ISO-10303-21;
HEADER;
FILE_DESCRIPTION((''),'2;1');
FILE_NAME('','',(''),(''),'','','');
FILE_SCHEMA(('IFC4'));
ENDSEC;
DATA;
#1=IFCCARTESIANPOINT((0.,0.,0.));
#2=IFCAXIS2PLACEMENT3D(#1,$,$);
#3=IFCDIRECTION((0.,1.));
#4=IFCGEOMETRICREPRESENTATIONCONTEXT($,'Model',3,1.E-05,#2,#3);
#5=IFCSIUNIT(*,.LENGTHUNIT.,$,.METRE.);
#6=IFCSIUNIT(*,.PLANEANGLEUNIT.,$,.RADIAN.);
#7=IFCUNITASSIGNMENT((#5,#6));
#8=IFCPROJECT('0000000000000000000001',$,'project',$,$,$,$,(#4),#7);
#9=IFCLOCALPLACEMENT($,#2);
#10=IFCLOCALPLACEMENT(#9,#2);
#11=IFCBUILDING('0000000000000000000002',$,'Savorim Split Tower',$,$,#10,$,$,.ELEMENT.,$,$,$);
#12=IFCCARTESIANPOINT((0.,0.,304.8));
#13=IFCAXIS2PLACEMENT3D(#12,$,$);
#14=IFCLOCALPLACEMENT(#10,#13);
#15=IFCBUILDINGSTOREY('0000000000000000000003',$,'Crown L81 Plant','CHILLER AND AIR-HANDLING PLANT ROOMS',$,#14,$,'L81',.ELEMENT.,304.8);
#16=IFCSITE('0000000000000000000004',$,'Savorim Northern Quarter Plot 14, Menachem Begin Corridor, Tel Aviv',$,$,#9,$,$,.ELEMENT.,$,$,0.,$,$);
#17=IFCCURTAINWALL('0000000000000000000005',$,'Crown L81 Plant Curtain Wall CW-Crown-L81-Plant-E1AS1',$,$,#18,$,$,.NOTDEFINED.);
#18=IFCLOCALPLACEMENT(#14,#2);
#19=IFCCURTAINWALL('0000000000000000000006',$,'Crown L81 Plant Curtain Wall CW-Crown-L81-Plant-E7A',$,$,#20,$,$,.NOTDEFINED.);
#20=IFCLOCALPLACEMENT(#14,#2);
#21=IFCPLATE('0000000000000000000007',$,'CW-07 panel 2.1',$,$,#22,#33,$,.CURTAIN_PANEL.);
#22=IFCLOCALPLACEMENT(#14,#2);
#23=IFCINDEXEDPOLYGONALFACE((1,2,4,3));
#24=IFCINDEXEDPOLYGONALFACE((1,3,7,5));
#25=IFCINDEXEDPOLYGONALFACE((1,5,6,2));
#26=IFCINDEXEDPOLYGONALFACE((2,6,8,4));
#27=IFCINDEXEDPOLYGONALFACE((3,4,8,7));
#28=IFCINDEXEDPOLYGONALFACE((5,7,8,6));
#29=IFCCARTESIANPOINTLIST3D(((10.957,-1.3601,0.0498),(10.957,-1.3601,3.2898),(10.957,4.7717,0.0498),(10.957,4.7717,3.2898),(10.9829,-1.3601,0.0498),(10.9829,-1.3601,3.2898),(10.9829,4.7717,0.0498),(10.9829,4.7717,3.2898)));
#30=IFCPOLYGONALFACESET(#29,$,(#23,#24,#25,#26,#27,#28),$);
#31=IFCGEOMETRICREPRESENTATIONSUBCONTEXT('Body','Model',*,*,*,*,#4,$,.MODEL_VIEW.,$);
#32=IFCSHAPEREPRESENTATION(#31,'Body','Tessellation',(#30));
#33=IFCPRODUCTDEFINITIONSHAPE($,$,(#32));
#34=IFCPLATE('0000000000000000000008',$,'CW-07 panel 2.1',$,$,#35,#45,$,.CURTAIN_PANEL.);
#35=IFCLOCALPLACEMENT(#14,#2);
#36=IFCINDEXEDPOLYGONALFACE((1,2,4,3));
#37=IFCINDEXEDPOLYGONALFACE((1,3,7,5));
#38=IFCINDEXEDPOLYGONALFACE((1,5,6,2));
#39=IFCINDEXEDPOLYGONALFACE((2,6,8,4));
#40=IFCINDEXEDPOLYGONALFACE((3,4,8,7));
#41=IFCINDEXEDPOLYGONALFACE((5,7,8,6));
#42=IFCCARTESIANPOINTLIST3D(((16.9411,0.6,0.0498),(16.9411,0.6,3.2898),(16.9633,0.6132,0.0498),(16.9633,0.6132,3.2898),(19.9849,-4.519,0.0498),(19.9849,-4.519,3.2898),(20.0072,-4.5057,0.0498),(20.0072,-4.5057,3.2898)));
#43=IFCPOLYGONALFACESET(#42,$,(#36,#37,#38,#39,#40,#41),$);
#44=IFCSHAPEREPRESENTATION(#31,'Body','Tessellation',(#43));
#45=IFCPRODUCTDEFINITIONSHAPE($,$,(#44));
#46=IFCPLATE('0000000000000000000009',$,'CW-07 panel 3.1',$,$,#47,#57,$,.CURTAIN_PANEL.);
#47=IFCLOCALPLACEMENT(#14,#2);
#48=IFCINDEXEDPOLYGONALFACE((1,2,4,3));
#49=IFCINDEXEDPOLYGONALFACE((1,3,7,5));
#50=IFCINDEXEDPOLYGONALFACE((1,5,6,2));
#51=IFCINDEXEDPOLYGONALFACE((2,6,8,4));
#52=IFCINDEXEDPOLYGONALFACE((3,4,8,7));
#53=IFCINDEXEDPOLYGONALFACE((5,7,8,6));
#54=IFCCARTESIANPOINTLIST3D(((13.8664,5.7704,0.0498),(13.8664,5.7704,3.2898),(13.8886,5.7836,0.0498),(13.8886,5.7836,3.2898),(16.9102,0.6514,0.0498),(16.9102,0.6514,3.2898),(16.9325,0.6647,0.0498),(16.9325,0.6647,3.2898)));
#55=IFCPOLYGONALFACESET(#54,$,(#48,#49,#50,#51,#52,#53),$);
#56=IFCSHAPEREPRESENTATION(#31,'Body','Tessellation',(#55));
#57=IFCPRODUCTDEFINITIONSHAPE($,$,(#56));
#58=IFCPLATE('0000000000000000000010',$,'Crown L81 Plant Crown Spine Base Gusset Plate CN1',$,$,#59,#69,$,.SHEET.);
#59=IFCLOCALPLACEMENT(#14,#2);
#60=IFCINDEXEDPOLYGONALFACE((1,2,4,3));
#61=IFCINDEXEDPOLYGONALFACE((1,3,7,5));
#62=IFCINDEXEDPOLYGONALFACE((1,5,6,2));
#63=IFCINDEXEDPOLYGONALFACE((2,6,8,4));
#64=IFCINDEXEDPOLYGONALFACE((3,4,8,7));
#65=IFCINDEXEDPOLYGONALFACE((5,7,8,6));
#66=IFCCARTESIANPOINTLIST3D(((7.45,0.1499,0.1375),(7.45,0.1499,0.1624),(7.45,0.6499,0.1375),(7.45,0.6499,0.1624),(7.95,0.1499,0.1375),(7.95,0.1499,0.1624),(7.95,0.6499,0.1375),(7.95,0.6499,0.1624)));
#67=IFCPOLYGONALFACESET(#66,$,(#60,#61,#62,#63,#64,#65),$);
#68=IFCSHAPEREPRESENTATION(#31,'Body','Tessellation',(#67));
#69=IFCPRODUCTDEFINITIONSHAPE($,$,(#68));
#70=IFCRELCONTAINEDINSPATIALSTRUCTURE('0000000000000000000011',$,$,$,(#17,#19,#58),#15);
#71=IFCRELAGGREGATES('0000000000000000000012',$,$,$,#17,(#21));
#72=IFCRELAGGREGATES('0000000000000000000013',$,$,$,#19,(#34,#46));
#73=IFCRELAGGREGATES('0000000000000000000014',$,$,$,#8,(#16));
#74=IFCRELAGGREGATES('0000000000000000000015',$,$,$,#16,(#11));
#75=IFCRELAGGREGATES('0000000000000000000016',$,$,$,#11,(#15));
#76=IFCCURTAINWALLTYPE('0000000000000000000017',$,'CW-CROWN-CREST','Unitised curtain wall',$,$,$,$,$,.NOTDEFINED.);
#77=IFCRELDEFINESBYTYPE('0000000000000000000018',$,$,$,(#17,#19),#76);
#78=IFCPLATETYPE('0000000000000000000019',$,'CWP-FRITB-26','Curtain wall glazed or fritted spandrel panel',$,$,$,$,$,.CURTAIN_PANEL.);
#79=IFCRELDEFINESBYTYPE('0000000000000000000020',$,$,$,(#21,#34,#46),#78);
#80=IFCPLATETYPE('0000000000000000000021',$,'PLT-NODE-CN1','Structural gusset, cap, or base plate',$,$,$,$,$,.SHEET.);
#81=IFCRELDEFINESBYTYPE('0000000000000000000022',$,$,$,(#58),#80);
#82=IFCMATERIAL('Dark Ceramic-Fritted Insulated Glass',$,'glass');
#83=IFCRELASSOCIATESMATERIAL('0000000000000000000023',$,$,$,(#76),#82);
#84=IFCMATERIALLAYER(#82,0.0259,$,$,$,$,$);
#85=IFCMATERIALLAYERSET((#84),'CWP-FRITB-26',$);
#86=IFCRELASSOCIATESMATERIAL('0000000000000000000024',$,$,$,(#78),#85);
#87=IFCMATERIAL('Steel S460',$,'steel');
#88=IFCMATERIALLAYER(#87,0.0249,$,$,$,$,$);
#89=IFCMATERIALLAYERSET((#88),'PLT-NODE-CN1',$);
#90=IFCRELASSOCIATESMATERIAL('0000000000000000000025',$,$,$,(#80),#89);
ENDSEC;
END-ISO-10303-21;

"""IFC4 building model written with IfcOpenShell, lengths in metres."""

from ifc_helpers import new_model, si_unit, direction, frame, origin, origin_2d, place, context, subcontext, project, spatial, rectangle, extrude, material, layer, layer_set, type_object, element, aggregate, save


model = new_model("IFC4")

# Units and contexts
model_context = context("Model", 3, precision=1e-05, world=origin(), true_north=direction((0.0, 1.0)))
body_context = subcontext(model_context, "Body", "Model", "MODEL_VIEW")
ifc_project = project(units=[si_unit("LENGTHUNIT", "METRE"), si_unit("PLANEANGLEUNIT", "RADIAN")], contexts=[model_context])

# Site, building, storey
site_placement = place(None, origin())
site = spatial("IfcSite", under=ifc_project, at=site_placement, Name="Savorim Northern Quarter Plot 14, Menachem Begin Corridor, Tel Aviv", CompositionType="ELEMENT", RefElevation=0.0)
building_placement = place(site_placement, origin())
building = spatial("IfcBuilding", under=site, at=building_placement, Name="Savorim Split Tower", CompositionType="ELEMENT")
storey_placement = place(building_placement, frame((0.0, 0.0, 304.8)))
storey = spatial("IfcBuildingStorey", under=building, at=storey_placement, Name="Crown L81 Plant", Description="CHILLER AND AIR-HANDLING PLANT ROOMS", LongName="L81", CompositionType="ELEMENT", Elevation=304.8)

# Curtain walls
ifc_material_1 = material(Name="Dark Ceramic-Fritted Insulated Glass", Category="glass")
curtain_wall_type = type_object("IfcCurtainWallType", Name="CW-CROWN-CREST", Description="Unitised curtain wall", PredefinedType="NOTDEFINED", material=ifc_material_1)
curtain_wall_1_placement = place(storey_placement, origin())
curtain_wall_1 = element("IfcCurtainWall", 1, at=curtain_wall_1_placement, inside=storey, type_object=curtain_wall_type, Name="Crown L81 Plant Curtain Wall CW-Crown-L81-Plant-E1AS1", PredefinedType="NOTDEFINED")
curtain_wall_2_placement = place(storey_placement, origin())
curtain_wall_2 = element("IfcCurtainWall", 2, at=curtain_wall_2_placement, inside=storey, type_object=curtain_wall_type, Name="Crown L81 Plant Curtain Wall CW-Crown-L81-Plant-E7A", PredefinedType="NOTDEFINED")

# Plates
ifc_layer_1 = layer(ifc_material_1, 0.0259)
ifc_layer_set_1 = layer_set([ifc_layer_1], Name="CWP-FRITB-26")
plate_type_1 = type_object("IfcPlateType", Name="CWP-FRITB-26", Description="Curtain wall glazed or fritted spandrel panel", PredefinedType="CURTAIN_PANEL", material=ifc_layer_set_1)
plate_1_placement = place(storey_placement, frame((10.97, 1.7058, 0.0498), z_axis=(0.0, 0.0, 1.0), x_axis=(0.0, -1.0, 0.0)))
plate_1 = element("IfcPlate", 3, at=plate_1_placement, type_object=plate_type_1, Name="CW-07 panel 2.1", PredefinedType="CURTAIN_PANEL", context=body_context, shape_type="SweptSolid", body=[
    extrude(rectangle(XDim=6.1318, YDim=0.0259, at=origin_2d()), origin(), (0.0, 0.0, 1.0), 3.24),
])
aggregate(curtain_wall_1, [plate_1])
plate_2_placement = place(storey_placement, frame((18.4741, -1.9529, 0.0498), z_axis=(0.0, 0.0, 1.0), x_axis=(-0.511094, 0.859525, 0.0)))
plate_2 = element("IfcPlate", 4, at=plate_2_placement, type_object=plate_type_1, Name="CW-07 panel 2.1", PredefinedType="CURTAIN_PANEL", context=body_context, shape_type="SweptSolid", body=[
    extrude(rectangle(XDim=5.9556, YDim=0.0259, at=origin_2d()), origin(), (0.0, 0.0, 1.0), 3.24),
])
plate_3_placement = place(storey_placement, frame((15.3994, 3.2175, 0.0498), z_axis=(0.0, 0.0, 1.0), x_axis=(-0.511094, 0.859525, 0.0)))
plate_3 = element("IfcPlate", 5, at=plate_3_placement, type_object=plate_type_1, Name="CW-07 panel 3.1", PredefinedType="CURTAIN_PANEL", context=body_context, shape_type="SweptSolid", body=[
    extrude(rectangle(XDim=5.9556, YDim=0.0259, at=origin_2d()), origin(), (0.0, 0.0, 1.0), 3.24),
])
aggregate(curtain_wall_2, [plate_2, plate_3])
ifc_material_2 = material(Name="Steel S460", Category="steel")
ifc_layer_2 = layer(ifc_material_2, 0.0249)
ifc_layer_set_2 = layer_set([ifc_layer_2], Name="PLT-NODE-CN1")
plate_type_2 = type_object("IfcPlateType", Name="PLT-NODE-CN1", Description="Structural gusset, cap, or base plate", PredefinedType="SHEET", material=ifc_layer_set_2)
plate_4_placement = place(storey_placement, frame((7.7, 0.3999, 0.1375), z_axis=(0.0, 0.0, 1.0), x_axis=(1.0, 0.0, 0.0)))
element("IfcPlate", 6, at=plate_4_placement, inside=storey, type_object=plate_type_2, Name="Crown L81 Plant Crown Spine Base Gusset Plate CN1", PredefinedType="SHEET", context=body_context, shape_type="SweptSolid", body=[
    extrude(rectangle(XDim=0.5, YDim=0.5, at=origin_2d()), origin(), (0.0, 0.0, 1.0), 0.0249),
])

save(model, "model.ifc")
